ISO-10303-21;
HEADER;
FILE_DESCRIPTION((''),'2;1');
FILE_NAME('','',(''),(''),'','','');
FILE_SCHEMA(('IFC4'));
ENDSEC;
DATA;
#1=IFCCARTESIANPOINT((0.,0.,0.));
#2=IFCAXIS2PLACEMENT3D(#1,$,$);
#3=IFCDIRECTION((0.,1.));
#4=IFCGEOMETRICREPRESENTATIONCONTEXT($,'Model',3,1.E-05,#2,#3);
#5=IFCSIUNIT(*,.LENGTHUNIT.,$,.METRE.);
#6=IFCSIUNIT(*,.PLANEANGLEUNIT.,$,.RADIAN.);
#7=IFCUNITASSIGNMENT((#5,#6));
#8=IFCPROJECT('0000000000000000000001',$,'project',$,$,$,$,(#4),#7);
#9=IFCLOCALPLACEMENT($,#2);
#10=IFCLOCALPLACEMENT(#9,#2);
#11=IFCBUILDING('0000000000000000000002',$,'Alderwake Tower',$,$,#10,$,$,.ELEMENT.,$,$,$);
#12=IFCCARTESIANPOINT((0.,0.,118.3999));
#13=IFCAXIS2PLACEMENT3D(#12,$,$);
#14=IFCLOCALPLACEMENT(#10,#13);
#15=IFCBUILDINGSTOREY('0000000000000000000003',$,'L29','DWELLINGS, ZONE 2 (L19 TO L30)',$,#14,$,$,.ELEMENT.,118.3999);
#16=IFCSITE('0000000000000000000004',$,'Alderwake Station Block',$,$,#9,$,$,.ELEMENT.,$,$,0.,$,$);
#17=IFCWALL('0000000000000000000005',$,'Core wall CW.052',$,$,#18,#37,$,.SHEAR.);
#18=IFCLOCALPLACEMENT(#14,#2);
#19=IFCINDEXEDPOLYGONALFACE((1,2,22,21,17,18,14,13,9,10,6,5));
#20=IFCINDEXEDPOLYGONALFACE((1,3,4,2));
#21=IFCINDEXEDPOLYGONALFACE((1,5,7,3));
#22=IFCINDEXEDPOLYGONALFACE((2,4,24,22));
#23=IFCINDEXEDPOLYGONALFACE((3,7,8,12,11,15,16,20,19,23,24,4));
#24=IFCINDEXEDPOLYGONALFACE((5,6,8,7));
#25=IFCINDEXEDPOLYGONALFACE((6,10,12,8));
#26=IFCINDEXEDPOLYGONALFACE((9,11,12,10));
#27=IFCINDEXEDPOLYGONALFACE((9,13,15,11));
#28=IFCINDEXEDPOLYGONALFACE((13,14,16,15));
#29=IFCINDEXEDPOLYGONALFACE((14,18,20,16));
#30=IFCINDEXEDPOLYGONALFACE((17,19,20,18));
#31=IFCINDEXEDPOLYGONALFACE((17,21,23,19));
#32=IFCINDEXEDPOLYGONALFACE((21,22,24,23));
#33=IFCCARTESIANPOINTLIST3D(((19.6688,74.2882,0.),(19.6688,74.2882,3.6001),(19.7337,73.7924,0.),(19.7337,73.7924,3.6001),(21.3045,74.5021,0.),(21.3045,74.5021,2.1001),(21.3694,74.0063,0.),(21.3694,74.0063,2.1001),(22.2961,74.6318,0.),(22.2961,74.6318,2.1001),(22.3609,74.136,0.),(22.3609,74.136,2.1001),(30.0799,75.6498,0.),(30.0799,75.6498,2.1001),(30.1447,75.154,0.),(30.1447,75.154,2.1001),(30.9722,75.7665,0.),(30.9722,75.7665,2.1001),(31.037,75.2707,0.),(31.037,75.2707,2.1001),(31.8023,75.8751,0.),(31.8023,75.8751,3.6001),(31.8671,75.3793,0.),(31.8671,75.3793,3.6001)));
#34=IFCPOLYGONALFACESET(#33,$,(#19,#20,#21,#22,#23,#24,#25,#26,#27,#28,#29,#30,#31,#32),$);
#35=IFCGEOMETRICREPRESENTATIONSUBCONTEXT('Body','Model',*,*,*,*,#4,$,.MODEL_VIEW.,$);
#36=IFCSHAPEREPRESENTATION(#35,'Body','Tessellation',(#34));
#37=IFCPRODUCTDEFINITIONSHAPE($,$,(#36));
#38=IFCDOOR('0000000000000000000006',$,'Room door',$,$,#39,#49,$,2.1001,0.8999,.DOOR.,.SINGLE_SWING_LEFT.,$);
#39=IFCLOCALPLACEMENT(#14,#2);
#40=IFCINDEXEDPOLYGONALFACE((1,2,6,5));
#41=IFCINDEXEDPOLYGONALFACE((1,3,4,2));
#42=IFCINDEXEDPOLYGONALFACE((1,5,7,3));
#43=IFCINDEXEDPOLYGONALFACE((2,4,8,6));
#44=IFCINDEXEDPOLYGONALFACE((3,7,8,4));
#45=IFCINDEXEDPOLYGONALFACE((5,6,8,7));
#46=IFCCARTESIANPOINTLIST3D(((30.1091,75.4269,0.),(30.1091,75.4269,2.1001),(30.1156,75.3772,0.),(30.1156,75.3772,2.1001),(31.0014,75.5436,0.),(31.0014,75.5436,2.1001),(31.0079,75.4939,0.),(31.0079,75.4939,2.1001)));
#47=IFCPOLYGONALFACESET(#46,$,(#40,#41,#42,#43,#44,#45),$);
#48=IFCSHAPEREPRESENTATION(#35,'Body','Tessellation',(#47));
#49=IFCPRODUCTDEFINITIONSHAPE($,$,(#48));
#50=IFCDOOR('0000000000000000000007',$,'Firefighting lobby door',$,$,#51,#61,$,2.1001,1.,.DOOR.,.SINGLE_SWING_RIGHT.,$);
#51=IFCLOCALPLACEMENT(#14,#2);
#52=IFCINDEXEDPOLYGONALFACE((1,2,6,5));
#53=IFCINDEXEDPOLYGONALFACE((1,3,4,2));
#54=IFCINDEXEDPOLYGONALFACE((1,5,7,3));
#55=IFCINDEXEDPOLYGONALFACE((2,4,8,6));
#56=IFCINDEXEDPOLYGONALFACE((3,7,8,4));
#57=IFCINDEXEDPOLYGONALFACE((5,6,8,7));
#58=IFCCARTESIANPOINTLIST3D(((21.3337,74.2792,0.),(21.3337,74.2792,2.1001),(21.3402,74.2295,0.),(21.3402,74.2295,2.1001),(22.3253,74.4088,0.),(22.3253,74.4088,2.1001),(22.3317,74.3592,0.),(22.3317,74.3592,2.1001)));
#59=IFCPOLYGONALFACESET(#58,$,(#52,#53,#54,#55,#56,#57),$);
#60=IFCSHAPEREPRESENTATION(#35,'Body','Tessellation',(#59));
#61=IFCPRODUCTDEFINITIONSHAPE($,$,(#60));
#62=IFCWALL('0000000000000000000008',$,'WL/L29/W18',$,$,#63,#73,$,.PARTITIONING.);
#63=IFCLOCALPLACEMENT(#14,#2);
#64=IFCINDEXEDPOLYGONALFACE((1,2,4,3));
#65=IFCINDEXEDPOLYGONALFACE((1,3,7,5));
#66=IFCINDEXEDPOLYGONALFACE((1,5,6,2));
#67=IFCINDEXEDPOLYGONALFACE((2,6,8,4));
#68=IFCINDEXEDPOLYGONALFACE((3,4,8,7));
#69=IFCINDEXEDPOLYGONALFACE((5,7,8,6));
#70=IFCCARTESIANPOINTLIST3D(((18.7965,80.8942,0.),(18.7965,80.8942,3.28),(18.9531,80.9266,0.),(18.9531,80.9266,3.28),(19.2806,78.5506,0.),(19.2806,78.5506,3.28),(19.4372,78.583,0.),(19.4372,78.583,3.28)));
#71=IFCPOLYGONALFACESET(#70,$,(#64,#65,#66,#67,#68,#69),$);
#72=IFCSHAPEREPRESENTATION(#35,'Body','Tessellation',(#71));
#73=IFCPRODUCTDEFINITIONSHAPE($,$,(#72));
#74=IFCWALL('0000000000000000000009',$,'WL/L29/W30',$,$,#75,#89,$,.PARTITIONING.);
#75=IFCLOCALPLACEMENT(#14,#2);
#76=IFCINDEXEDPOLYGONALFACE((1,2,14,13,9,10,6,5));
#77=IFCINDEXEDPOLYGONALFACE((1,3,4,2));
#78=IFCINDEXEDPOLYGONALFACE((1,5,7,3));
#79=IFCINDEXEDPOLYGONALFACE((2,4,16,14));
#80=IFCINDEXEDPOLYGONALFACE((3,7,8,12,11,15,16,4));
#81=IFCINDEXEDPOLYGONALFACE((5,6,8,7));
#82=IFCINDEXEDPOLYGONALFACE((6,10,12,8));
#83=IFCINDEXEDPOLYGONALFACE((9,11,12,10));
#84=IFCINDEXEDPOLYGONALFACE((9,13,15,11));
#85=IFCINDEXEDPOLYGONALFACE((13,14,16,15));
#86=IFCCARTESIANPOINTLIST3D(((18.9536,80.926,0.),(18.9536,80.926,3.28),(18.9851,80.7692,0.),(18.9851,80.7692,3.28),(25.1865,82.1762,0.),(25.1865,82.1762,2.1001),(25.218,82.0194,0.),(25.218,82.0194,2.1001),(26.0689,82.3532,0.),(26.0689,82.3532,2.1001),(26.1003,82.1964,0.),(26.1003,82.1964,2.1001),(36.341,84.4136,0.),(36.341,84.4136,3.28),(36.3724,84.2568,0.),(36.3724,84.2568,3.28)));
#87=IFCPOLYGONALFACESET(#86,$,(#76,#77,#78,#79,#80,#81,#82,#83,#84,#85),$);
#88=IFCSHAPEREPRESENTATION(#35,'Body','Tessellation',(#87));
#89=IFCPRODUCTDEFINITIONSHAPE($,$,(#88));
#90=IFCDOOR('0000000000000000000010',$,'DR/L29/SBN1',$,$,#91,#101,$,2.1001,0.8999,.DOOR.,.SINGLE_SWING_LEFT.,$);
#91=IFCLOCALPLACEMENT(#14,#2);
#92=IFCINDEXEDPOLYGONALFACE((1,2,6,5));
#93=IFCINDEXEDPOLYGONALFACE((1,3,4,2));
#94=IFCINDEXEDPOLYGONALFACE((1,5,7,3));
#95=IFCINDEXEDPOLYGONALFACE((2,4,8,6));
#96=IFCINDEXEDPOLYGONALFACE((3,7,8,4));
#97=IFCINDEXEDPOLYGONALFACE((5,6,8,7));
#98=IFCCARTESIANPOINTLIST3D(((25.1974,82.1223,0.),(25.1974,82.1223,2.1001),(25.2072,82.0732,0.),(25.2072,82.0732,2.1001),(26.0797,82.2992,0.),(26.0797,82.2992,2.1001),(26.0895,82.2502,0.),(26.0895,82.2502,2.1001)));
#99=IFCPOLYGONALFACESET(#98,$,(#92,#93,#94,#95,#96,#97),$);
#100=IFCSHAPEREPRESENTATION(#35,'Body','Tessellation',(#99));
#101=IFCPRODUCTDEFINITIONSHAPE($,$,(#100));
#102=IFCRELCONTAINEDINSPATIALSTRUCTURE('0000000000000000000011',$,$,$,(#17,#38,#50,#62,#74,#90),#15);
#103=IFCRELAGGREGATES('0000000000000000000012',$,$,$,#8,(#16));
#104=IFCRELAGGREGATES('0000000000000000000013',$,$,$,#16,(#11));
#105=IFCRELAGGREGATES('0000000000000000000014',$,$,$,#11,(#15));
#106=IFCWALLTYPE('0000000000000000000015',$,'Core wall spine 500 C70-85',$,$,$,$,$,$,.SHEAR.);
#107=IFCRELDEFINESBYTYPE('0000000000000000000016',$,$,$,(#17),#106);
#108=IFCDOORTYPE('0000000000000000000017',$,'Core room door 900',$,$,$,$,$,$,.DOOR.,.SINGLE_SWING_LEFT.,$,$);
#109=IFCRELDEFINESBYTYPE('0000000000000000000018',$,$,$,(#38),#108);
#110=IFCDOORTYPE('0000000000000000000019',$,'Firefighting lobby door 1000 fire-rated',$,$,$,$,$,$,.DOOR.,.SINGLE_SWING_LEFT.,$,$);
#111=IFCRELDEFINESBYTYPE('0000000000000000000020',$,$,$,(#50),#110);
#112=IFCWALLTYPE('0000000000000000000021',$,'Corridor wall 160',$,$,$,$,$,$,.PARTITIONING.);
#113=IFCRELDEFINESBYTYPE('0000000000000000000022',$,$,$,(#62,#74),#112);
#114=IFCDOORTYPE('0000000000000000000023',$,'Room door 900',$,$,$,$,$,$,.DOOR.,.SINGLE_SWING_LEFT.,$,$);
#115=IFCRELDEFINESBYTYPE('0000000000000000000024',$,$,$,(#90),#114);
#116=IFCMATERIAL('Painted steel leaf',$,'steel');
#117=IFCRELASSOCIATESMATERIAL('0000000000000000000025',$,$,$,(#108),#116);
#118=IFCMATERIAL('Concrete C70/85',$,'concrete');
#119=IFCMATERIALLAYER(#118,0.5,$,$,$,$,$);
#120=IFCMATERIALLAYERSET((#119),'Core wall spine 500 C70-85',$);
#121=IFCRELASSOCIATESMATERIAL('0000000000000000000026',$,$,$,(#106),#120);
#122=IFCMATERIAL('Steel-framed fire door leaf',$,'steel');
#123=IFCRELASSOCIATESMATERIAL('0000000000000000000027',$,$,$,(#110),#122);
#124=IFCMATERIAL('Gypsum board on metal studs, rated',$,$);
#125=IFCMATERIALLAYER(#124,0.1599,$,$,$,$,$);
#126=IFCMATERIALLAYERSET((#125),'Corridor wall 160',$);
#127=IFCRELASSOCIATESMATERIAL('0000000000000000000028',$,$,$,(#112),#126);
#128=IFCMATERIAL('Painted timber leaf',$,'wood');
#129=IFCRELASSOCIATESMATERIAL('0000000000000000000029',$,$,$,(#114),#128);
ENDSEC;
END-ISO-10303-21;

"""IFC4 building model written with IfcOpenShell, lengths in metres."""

from ifc_helpers import new_model, si_unit, direction, frame, frame_2d, origin, place, context, subcontext, project, spatial, rectangle, extrude, material, layer, layer_set, type_object, element, fill, save


model = new_model("IFC4")

# Units and contexts
model_context = context("Model", 3, precision=1e-05, world=origin(), true_north=direction((0.0, 1.0)))
body_context = subcontext(model_context, "Body", "Model", "MODEL_VIEW")
ifc_project = project(units=[si_unit("LENGTHUNIT", "METRE"), si_unit("PLANEANGLEUNIT", "RADIAN")], contexts=[model_context])

# Site, building, storey
site_placement = place(None, origin())
site = spatial("IfcSite", under=ifc_project, at=site_placement, Name="Alderwake Station Block", CompositionType="ELEMENT", RefElevation=0.0)
building_placement = place(site_placement, origin())
building = spatial("IfcBuilding", under=site, at=building_placement, Name="Alderwake Tower", CompositionType="ELEMENT")
storey_placement = place(building_placement, frame((0.0, 0.0, 118.3999)))
storey = spatial("IfcBuildingStorey", under=building, at=storey_placement, Name="L29", Description="DWELLINGS, ZONE 2 (L19 TO L30)", CompositionType="ELEMENT", Elevation=118.3999)

# Shared definitions
ifc_material_1 = material(Name="Painted steel leaf", Category="steel")
door_type_1 = type_object("IfcDoorType", Name="Core room door 900", OperationType="SINGLE_SWING_LEFT", PredefinedType="DOOR", material=ifc_material_1)

# Shared definitions
ifc_material_2 = material(Name="Concrete C70/85", Category="concrete")
ifc_layer_1 = layer(ifc_material_2, 0.5)
ifc_layer_set_1 = layer_set([ifc_layer_1], Name="Core wall spine 500 C70-85")
wall_type_1 = type_object("IfcWallType", Name="Core wall spine 500 C70-85", PredefinedType="SHEAR", material=ifc_layer_set_1)

# Wall, openings, doors
wall_1_placement = place(storey_placement, frame((31.8347, 75.6272, 0.0), z_axis=(0.0, 0.0, 1.0), x_axis=(-0.991556, -0.129683, 0.0)))
wall_1 = element("IfcWall", 1, at=wall_1_placement, inside=storey, type_object=wall_type_1, Name="Core wall CW.052", PredefinedType="SHEAR", context=body_context, shape_type="SweptSolid", body=[
    extrude(rectangle(XDim=12.2368, YDim=0.5, at=frame_2d((6.1184, 0.0))), origin(), (0.0, 0.0, 1.0), 3.6001),
])
opening_1_placement = place(wall_1_placement, frame((9.5872, 0.0, 0.0)))
opening_1 = element("IfcOpeningElement", 2, at=opening_1_placement, cuts=wall_1, PredefinedType="OPENING", context=body_context, shape_type="SweptSolid", body=[
    extrude(rectangle(XDim=1.0, YDim=2.1001, at=frame_2d((0.5, 1.05))), frame((0.0, 0.26, 0.0), z_axis=(0.0, -1.0, 0.0), x_axis=(1.0, 0.0, 0.0)), (0.0, 0.0, 1.0), 0.52),
])
opening_2_placement = place(wall_1_placement, frame((0.8372, 0.0, 0.0)))
opening_2 = element("IfcOpeningElement", 3, at=opening_2_placement, cuts=wall_1, PredefinedType="OPENING", context=body_context, shape_type="SweptSolid", body=[
    extrude(rectangle(XDim=0.8999, YDim=2.1001, at=frame_2d((0.45, 1.05))), frame((0.0, 0.26, 0.0), z_axis=(0.0, -1.0, 0.0), x_axis=(1.0, 0.0, 0.0)), (0.0, 0.0, 1.0), 0.52),
])
door_1_placement = place(opening_2_placement, origin())
door_1 = element("IfcDoor", 4, at=door_1_placement, inside=storey, type_object=door_type_1, Name="Room door", OperationType="SINGLE_SWING_LEFT", OverallHeight=2.1001, OverallWidth=0.8999, PredefinedType="DOOR", context=body_context, shape_type="SweptSolid", body=[
    extrude(rectangle(XDim=0.8999, YDim=2.1001, at=frame_2d((0.45, 1.05))), frame((0.0, 0.0249, 0.0), z_axis=(0.0, -1.0, 0.0), x_axis=(1.0, 0.0, 0.0)), (0.0, 0.0, 1.0), 0.05),
])
fill(opening_2, door_1)
ifc_material_3 = material(Name="Steel-framed fire door leaf", Category="steel")
door_type_2 = type_object("IfcDoorType", Name="Firefighting lobby door 1000 fire-rated", OperationType="SINGLE_SWING_LEFT", PredefinedType="DOOR", material=ifc_material_3)
door_2_placement = place(opening_1_placement, origin())
door_2 = element("IfcDoor", 5, at=door_2_placement, inside=storey, type_object=door_type_2, Name="Firefighting lobby door", OperationType="SINGLE_SWING_RIGHT", OverallHeight=2.1001, OverallWidth=1.0, PredefinedType="DOOR", context=body_context, shape_type="SweptSolid", body=[
    extrude(rectangle(XDim=1.0, YDim=2.1001, at=frame_2d((0.5, 1.05))), frame((0.0, 0.0249, 0.0), z_axis=(0.0, -1.0, 0.0), x_axis=(1.0, 0.0, 0.0)), (0.0, 0.0, 1.0), 0.05),
])
fill(opening_1, door_2)

# Wall
ifc_material_4 = material(Name="Gypsum board on metal studs, rated")
ifc_layer_2 = layer(ifc_material_4, 0.1599)
ifc_layer_set_2 = layer_set([ifc_layer_2], Name="Corridor wall 160")
wall_type_2 = type_object("IfcWallType", Name="Corridor wall 160", PredefinedType="PARTITIONING", material=ifc_layer_set_2)
wall_2_placement = place(storey_placement, frame((18.8748, 80.9104, 0.0), z_axis=(0.0, 0.0, 1.0), x_axis=(0.202312, -0.979321, 0.0)))
element("IfcWall", 6, at=wall_2_placement, inside=storey, type_object=wall_type_2, Name="WL/L29/W18", PredefinedType="PARTITIONING", context=body_context, shape_type="SweptSolid", body=[
    extrude(rectangle(XDim=2.3931, YDim=0.1599, at=frame_2d((1.1965, 0.0))), origin(), (0.0, 0.0, 1.0), 3.28),
])

# Wall, opening, door
wall_3_placement = place(storey_placement, frame((18.9695, 80.8477, 0.0), z_axis=(0.0, 0.0, 1.0), x_axis=(0.980471, 0.196664, 0.0)))
wall_3 = element("IfcWall", 7, at=wall_3_placement, inside=storey, type_object=wall_type_2, Name="WL/L29/W30", PredefinedType="PARTITIONING", context=body_context, shape_type="SweptSolid", body=[
    extrude(rectangle(XDim=17.7336, YDim=0.1599, at=frame_2d((8.8667, 0.0))), origin(), (0.0, 0.0, 1.0), 3.28),
])
opening_3_placement = place(wall_3_placement, frame((6.3569, 0.0, 0.0)))
opening_3 = element("IfcOpeningElement", 8, at=opening_3_placement, cuts=wall_3, PredefinedType="OPENING", context=body_context, shape_type="SweptSolid", body=[
    extrude(rectangle(XDim=0.8999, YDim=2.1001, at=frame_2d((0.45, 1.05))), frame((0.0, 0.0898, 0.0), z_axis=(0.0, -1.0, 0.0), x_axis=(1.0, 0.0, 0.0)), (0.0, 0.0, 1.0), 0.1799),
])
ifc_material_5 = material(Name="Painted timber leaf", Category="wood")
door_type_3 = type_object("IfcDoorType", Name="Room door 900", OperationType="SINGLE_SWING_LEFT", PredefinedType="DOOR", material=ifc_material_5)
door_3_placement = place(opening_3_placement, origin())
door_3 = element("IfcDoor", 9, at=door_3_placement, inside=storey, type_object=door_type_3, Name="DR/L29/SBN1", OperationType="SINGLE_SWING_LEFT", OverallHeight=2.1001, OverallWidth=0.8999, PredefinedType="DOOR", context=body_context, shape_type="SweptSolid", body=[
    extrude(rectangle(XDim=0.8999, YDim=2.1001, at=frame_2d((0.45, 1.05))), frame((0.0, 0.0249, 0.0), z_axis=(0.0, -1.0, 0.0), x_axis=(1.0, 0.0, 0.0)), (0.0, 0.0, 1.0), 0.05),
])
fill(opening_3, door_3)

save(model, "model.ifc")
